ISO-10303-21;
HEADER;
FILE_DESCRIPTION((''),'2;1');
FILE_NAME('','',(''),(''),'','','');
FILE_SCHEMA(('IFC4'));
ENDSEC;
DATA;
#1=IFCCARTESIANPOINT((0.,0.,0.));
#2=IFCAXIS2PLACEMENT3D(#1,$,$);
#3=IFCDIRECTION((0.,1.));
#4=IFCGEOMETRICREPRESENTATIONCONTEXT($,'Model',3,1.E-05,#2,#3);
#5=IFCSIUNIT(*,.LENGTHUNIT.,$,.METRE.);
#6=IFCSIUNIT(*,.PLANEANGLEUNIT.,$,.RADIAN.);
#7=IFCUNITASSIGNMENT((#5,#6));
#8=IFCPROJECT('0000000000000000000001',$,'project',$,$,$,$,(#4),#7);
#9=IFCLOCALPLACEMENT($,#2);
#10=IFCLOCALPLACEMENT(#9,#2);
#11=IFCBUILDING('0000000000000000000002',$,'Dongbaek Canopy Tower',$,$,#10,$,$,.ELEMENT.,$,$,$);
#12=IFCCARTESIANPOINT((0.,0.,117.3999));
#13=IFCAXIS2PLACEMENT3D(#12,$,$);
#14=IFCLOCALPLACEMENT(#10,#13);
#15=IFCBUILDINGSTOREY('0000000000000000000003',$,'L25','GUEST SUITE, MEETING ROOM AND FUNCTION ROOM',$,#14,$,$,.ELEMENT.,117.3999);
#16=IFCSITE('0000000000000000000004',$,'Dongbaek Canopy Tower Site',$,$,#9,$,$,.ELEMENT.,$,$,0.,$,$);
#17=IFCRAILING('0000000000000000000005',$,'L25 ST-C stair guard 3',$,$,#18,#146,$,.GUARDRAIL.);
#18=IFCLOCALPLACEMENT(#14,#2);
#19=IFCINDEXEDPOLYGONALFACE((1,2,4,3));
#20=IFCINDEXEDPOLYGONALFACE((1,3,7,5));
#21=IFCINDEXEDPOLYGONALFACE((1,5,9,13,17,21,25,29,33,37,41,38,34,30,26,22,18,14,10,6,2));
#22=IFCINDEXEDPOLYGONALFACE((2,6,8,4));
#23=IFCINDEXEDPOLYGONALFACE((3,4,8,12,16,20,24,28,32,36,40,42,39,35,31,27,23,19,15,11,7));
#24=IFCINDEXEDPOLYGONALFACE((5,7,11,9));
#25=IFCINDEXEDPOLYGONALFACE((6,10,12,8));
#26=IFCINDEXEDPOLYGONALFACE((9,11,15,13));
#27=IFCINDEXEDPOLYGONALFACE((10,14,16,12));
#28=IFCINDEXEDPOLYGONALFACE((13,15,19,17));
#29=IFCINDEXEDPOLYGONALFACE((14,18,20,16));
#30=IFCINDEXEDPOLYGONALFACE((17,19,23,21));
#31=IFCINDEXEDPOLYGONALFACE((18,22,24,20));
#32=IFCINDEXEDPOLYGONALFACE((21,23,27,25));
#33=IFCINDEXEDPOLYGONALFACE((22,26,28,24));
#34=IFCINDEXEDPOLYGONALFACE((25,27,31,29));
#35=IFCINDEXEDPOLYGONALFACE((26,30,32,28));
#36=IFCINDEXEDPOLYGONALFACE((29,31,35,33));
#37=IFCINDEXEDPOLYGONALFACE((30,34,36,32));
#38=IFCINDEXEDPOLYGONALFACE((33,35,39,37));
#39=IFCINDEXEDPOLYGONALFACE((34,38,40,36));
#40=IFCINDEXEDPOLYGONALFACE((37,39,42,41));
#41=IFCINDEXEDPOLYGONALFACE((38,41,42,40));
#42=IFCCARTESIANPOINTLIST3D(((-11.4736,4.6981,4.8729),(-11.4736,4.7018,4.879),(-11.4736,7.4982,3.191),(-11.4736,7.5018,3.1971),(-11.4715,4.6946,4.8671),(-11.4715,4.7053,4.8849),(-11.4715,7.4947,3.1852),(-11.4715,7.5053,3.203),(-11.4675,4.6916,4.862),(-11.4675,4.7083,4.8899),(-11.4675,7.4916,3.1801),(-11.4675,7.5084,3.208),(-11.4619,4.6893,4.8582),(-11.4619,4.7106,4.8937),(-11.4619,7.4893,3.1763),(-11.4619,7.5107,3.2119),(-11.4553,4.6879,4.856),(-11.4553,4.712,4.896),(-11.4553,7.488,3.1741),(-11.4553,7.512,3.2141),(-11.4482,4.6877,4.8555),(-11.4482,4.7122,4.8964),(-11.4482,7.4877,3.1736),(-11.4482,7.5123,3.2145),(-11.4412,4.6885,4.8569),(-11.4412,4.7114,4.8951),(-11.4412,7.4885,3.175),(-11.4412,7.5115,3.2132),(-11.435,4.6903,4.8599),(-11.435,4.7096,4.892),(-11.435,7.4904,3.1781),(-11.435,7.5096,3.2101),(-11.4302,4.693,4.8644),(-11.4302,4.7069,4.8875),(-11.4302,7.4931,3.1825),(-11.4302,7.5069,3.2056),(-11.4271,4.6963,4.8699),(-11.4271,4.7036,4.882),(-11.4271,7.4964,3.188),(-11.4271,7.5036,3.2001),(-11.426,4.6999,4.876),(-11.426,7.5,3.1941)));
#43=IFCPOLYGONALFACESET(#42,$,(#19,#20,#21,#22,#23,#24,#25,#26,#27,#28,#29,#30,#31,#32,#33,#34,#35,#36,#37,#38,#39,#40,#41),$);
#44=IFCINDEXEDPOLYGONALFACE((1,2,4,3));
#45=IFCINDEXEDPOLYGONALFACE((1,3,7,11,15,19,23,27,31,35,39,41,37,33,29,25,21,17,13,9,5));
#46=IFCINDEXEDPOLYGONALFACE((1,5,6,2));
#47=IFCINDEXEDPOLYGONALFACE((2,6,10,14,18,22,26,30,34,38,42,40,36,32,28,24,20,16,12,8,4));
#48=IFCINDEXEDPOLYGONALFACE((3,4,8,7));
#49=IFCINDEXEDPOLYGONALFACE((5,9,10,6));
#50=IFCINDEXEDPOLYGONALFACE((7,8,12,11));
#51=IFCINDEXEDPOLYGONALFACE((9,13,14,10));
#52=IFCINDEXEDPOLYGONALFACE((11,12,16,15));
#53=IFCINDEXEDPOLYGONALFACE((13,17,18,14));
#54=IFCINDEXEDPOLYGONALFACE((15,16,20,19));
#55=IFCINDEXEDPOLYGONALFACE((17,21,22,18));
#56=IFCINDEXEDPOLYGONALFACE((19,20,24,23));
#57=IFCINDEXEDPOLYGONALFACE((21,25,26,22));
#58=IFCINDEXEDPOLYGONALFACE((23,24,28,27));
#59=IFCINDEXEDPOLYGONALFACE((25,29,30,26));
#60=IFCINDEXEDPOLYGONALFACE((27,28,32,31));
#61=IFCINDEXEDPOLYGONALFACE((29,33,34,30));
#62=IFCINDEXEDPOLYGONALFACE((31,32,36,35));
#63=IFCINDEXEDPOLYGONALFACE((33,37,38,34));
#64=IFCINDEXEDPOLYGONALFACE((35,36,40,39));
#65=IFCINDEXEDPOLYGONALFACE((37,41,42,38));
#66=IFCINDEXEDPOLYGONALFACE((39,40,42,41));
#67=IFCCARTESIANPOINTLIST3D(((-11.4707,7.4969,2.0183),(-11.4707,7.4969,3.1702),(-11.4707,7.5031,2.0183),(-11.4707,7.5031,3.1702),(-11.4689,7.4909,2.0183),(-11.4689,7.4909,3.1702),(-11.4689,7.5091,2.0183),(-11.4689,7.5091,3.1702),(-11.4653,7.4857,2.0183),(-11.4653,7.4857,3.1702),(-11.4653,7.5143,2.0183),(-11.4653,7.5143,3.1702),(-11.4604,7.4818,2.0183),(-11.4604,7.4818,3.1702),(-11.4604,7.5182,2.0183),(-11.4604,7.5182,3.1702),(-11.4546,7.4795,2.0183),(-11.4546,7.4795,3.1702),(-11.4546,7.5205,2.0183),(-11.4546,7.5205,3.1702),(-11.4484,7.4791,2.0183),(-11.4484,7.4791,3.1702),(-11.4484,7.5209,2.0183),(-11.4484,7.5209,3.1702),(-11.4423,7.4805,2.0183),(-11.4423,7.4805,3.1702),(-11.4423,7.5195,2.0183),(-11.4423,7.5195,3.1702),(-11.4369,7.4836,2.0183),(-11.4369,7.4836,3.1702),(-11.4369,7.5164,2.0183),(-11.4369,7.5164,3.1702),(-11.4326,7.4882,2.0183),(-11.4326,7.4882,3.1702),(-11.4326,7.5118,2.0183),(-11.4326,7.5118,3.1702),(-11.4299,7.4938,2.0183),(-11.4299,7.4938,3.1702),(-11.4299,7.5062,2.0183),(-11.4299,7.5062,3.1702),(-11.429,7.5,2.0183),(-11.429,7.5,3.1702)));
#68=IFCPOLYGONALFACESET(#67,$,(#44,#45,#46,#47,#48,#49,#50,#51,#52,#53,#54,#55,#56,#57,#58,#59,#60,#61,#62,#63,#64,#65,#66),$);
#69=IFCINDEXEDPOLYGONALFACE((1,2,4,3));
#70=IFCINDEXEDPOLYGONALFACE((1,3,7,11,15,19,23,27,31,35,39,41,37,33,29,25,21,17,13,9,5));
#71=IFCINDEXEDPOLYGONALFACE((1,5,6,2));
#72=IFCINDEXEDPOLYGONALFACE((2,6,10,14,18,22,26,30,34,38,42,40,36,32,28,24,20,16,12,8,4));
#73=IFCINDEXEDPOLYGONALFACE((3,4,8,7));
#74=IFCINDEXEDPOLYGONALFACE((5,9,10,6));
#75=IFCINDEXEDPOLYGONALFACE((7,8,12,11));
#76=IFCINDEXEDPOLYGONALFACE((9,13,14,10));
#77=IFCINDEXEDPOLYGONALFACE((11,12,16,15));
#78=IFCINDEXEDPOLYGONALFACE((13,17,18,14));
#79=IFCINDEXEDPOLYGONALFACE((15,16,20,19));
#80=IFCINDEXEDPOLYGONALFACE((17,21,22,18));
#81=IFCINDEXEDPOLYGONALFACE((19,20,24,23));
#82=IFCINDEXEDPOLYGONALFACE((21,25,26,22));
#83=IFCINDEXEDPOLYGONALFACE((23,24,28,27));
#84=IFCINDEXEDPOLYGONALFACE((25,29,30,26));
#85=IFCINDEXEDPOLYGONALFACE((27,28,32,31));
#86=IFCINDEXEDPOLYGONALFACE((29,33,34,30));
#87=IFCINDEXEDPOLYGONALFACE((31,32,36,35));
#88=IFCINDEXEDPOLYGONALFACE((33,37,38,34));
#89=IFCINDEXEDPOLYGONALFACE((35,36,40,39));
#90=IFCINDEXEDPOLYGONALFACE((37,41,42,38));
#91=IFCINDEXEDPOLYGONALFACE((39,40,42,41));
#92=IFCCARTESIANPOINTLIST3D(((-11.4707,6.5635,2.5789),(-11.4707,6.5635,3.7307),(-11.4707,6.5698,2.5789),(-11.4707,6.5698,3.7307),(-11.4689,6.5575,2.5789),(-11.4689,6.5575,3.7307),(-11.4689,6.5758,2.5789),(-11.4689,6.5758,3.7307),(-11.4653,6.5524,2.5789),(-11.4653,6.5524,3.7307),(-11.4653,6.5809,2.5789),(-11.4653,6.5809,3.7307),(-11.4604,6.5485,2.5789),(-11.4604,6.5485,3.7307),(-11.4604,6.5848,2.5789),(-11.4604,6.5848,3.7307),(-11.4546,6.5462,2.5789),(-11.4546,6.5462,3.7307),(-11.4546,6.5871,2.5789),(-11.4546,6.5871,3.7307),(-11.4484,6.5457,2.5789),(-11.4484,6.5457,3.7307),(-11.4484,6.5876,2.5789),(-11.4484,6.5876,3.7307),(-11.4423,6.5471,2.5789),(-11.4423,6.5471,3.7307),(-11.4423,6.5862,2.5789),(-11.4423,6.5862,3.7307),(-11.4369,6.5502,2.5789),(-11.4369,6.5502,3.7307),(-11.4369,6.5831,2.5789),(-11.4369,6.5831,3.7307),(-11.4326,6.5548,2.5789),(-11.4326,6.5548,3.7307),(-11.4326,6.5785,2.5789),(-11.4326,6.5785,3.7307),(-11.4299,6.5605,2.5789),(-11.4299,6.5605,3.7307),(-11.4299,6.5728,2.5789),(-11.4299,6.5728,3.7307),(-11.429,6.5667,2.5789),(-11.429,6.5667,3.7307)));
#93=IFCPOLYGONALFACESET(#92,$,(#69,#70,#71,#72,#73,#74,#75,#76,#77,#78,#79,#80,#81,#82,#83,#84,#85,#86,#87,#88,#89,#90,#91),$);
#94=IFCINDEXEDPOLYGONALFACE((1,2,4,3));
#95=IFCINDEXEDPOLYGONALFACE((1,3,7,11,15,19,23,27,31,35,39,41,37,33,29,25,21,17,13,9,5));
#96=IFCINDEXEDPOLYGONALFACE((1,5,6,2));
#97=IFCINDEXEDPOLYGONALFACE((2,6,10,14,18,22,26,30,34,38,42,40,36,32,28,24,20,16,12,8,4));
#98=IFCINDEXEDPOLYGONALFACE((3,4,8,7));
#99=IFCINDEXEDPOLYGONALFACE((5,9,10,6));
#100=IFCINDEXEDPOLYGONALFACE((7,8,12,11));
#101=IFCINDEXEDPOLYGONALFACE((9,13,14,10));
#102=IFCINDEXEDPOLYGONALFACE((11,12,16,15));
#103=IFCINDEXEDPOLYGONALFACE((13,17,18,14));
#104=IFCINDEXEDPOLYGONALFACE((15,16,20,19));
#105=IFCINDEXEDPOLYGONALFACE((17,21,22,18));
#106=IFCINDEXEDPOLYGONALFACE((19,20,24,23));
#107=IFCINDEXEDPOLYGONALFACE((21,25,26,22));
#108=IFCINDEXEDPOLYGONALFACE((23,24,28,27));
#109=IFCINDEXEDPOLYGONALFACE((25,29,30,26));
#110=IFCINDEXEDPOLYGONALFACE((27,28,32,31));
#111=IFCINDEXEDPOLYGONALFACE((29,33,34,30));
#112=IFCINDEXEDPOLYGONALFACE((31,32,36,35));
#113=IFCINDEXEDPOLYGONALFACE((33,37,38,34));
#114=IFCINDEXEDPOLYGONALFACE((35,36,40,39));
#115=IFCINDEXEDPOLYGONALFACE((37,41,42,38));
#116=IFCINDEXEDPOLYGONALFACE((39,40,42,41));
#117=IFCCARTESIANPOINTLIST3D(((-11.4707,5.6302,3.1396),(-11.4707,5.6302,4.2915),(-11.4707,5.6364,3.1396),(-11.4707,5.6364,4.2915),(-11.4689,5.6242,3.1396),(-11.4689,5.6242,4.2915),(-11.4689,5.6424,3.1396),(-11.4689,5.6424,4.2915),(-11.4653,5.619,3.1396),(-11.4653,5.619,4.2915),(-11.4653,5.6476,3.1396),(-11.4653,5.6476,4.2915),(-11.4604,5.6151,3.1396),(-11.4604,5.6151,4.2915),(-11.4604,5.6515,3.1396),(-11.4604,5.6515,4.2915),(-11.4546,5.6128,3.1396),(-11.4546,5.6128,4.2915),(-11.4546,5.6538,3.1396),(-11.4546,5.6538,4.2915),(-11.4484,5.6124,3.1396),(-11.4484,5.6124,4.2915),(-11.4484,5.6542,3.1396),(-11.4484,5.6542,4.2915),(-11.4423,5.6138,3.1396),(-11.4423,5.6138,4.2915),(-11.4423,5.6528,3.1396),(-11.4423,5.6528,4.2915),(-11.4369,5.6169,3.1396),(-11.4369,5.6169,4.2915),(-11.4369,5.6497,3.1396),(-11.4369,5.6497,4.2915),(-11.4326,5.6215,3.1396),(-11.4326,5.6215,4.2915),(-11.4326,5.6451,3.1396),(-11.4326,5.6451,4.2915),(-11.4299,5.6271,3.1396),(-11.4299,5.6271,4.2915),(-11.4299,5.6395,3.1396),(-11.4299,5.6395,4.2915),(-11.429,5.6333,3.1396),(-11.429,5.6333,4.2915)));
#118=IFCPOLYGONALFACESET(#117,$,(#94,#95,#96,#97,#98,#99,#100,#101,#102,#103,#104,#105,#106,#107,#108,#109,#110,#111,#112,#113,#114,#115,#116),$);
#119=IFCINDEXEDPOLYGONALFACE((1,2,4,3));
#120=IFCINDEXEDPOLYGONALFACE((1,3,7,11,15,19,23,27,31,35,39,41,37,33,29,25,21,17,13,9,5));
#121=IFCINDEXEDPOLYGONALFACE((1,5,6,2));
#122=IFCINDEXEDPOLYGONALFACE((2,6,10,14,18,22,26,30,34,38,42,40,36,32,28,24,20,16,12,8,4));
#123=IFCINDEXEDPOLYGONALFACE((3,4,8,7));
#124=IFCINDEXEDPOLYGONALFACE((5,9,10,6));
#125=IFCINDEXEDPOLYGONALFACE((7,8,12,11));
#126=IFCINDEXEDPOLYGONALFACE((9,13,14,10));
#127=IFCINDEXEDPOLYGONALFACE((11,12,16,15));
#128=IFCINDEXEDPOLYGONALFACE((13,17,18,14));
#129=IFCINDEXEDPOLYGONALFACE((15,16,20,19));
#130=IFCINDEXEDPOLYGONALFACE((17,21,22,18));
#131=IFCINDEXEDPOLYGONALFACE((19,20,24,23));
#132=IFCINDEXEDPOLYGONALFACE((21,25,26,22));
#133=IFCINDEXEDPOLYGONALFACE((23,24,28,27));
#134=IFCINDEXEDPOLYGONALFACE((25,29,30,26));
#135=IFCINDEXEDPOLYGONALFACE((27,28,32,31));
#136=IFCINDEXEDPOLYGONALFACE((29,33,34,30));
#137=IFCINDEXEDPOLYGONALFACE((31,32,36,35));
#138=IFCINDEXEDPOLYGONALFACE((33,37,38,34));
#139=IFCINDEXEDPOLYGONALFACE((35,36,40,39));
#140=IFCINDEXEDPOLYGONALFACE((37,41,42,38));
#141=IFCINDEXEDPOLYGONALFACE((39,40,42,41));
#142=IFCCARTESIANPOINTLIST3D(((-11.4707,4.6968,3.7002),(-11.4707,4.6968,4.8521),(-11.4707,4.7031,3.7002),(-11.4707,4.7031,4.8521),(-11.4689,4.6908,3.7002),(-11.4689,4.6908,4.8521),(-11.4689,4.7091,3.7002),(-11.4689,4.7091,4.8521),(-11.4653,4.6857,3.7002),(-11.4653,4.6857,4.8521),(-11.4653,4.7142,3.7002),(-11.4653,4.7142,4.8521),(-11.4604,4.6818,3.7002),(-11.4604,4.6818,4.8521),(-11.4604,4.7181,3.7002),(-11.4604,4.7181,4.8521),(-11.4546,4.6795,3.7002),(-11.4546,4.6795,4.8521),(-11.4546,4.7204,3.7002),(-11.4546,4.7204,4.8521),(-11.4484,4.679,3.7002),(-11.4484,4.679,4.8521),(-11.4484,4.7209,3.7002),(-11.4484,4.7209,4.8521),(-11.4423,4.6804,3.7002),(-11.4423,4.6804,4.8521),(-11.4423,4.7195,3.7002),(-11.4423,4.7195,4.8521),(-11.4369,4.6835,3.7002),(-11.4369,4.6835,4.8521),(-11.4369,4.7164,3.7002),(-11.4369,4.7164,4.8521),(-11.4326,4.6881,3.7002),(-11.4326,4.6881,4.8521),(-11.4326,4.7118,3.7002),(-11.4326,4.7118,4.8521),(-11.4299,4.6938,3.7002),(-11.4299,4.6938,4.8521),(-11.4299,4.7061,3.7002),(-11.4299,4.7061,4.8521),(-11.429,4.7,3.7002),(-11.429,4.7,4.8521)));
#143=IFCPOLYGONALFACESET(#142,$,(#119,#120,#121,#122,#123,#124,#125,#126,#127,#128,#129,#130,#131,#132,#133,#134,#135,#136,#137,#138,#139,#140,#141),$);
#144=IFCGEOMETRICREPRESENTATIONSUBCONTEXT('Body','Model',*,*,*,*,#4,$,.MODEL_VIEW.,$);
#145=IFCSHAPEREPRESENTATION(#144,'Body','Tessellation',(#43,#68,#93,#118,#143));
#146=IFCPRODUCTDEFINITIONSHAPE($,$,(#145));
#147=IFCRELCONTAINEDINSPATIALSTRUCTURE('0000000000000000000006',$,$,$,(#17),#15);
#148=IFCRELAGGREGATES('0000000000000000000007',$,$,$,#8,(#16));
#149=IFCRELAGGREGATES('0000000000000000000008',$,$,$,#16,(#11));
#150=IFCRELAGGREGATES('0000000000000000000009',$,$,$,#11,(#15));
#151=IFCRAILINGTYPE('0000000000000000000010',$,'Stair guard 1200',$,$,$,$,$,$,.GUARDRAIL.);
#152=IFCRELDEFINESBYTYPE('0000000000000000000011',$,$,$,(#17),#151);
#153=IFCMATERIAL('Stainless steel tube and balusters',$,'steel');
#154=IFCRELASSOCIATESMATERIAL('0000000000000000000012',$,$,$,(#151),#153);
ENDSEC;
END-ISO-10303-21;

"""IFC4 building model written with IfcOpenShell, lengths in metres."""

from ifc_helpers import new_model, si_unit, direction, frame, origin, origin_2d, place, context, subcontext, project, spatial, circle, extrude, material, type_object, element, save


model = new_model("IFC4")

# Units and contexts
model_context = context("Model", 3, precision=1e-05, world=origin(), true_north=direction((0.0, 1.0)))
body_context = subcontext(model_context, "Body", "Model", "MODEL_VIEW")
ifc_project = project(units=[si_unit("LENGTHUNIT", "METRE"), si_unit("PLANEANGLEUNIT", "RADIAN")], contexts=[model_context])

# Site, building, storey
site_placement = place(None, origin())
site = spatial("IfcSite", under=ifc_project, at=site_placement, Name="Dongbaek Canopy Tower Site", CompositionType="ELEMENT", RefElevation=0.0)
building_placement = place(site_placement, origin())
building = spatial("IfcBuilding", under=site, at=building_placement, Name="Dongbaek Canopy Tower", CompositionType="ELEMENT")
storey_placement = place(building_placement, frame((0.0, 0.0, 117.3999)))
storey = spatial("IfcBuildingStorey", under=building, at=storey_placement, Name="L25", Description="GUEST SUITE, MEETING ROOM AND FUNCTION ROOM", CompositionType="ELEMENT", Elevation=117.3999)

# Railing
ifc_material_1 = material(Name="Stainless steel tube and balusters", Category="steel")
railing_type = type_object("IfcRailingType", Name="Stair guard 1200", PredefinedType="GUARDRAIL", material=ifc_material_1)
railing_1_placement = place(storey_placement, frame((-11.45, 7.5, 2.0183)))
element("IfcRailing", 1, at=railing_1_placement, inside=storey, type_object=railing_type, Name="L25 ST-C stair guard 3", PredefinedType="GUARDRAIL", context=body_context, shape_type="SweptSolid", body=[
    extrude(circle(Radius=0.0239, at=origin_2d()), frame((0.0, 0.0, 1.1758), z_axis=(0.0, -0.857242, 0.514913), x_axis=(1.0, 0.0, 0.0)), (0.0, 0.0, 1.0), 3.2664),
    extrude(circle(Radius=0.021, at=origin_2d()), origin(), (0.0, 0.0, 1.0), 1.1519),
    extrude(circle(Radius=0.021, at=origin_2d()), frame((0.0, -0.9333, 0.5605)), (0.0, 0.0, 1.0), 1.1519),
    extrude(circle(Radius=0.021, at=origin_2d()), frame((0.0, -1.8667, 1.1213)), (0.0, 0.0, 1.0), 1.1519),
    extrude(circle(Radius=0.021, at=origin_2d()), frame((0.0, -2.8, 1.6819)), (0.0, 0.0, 1.0), 1.1519),
])

save(model, "model.ifc")
